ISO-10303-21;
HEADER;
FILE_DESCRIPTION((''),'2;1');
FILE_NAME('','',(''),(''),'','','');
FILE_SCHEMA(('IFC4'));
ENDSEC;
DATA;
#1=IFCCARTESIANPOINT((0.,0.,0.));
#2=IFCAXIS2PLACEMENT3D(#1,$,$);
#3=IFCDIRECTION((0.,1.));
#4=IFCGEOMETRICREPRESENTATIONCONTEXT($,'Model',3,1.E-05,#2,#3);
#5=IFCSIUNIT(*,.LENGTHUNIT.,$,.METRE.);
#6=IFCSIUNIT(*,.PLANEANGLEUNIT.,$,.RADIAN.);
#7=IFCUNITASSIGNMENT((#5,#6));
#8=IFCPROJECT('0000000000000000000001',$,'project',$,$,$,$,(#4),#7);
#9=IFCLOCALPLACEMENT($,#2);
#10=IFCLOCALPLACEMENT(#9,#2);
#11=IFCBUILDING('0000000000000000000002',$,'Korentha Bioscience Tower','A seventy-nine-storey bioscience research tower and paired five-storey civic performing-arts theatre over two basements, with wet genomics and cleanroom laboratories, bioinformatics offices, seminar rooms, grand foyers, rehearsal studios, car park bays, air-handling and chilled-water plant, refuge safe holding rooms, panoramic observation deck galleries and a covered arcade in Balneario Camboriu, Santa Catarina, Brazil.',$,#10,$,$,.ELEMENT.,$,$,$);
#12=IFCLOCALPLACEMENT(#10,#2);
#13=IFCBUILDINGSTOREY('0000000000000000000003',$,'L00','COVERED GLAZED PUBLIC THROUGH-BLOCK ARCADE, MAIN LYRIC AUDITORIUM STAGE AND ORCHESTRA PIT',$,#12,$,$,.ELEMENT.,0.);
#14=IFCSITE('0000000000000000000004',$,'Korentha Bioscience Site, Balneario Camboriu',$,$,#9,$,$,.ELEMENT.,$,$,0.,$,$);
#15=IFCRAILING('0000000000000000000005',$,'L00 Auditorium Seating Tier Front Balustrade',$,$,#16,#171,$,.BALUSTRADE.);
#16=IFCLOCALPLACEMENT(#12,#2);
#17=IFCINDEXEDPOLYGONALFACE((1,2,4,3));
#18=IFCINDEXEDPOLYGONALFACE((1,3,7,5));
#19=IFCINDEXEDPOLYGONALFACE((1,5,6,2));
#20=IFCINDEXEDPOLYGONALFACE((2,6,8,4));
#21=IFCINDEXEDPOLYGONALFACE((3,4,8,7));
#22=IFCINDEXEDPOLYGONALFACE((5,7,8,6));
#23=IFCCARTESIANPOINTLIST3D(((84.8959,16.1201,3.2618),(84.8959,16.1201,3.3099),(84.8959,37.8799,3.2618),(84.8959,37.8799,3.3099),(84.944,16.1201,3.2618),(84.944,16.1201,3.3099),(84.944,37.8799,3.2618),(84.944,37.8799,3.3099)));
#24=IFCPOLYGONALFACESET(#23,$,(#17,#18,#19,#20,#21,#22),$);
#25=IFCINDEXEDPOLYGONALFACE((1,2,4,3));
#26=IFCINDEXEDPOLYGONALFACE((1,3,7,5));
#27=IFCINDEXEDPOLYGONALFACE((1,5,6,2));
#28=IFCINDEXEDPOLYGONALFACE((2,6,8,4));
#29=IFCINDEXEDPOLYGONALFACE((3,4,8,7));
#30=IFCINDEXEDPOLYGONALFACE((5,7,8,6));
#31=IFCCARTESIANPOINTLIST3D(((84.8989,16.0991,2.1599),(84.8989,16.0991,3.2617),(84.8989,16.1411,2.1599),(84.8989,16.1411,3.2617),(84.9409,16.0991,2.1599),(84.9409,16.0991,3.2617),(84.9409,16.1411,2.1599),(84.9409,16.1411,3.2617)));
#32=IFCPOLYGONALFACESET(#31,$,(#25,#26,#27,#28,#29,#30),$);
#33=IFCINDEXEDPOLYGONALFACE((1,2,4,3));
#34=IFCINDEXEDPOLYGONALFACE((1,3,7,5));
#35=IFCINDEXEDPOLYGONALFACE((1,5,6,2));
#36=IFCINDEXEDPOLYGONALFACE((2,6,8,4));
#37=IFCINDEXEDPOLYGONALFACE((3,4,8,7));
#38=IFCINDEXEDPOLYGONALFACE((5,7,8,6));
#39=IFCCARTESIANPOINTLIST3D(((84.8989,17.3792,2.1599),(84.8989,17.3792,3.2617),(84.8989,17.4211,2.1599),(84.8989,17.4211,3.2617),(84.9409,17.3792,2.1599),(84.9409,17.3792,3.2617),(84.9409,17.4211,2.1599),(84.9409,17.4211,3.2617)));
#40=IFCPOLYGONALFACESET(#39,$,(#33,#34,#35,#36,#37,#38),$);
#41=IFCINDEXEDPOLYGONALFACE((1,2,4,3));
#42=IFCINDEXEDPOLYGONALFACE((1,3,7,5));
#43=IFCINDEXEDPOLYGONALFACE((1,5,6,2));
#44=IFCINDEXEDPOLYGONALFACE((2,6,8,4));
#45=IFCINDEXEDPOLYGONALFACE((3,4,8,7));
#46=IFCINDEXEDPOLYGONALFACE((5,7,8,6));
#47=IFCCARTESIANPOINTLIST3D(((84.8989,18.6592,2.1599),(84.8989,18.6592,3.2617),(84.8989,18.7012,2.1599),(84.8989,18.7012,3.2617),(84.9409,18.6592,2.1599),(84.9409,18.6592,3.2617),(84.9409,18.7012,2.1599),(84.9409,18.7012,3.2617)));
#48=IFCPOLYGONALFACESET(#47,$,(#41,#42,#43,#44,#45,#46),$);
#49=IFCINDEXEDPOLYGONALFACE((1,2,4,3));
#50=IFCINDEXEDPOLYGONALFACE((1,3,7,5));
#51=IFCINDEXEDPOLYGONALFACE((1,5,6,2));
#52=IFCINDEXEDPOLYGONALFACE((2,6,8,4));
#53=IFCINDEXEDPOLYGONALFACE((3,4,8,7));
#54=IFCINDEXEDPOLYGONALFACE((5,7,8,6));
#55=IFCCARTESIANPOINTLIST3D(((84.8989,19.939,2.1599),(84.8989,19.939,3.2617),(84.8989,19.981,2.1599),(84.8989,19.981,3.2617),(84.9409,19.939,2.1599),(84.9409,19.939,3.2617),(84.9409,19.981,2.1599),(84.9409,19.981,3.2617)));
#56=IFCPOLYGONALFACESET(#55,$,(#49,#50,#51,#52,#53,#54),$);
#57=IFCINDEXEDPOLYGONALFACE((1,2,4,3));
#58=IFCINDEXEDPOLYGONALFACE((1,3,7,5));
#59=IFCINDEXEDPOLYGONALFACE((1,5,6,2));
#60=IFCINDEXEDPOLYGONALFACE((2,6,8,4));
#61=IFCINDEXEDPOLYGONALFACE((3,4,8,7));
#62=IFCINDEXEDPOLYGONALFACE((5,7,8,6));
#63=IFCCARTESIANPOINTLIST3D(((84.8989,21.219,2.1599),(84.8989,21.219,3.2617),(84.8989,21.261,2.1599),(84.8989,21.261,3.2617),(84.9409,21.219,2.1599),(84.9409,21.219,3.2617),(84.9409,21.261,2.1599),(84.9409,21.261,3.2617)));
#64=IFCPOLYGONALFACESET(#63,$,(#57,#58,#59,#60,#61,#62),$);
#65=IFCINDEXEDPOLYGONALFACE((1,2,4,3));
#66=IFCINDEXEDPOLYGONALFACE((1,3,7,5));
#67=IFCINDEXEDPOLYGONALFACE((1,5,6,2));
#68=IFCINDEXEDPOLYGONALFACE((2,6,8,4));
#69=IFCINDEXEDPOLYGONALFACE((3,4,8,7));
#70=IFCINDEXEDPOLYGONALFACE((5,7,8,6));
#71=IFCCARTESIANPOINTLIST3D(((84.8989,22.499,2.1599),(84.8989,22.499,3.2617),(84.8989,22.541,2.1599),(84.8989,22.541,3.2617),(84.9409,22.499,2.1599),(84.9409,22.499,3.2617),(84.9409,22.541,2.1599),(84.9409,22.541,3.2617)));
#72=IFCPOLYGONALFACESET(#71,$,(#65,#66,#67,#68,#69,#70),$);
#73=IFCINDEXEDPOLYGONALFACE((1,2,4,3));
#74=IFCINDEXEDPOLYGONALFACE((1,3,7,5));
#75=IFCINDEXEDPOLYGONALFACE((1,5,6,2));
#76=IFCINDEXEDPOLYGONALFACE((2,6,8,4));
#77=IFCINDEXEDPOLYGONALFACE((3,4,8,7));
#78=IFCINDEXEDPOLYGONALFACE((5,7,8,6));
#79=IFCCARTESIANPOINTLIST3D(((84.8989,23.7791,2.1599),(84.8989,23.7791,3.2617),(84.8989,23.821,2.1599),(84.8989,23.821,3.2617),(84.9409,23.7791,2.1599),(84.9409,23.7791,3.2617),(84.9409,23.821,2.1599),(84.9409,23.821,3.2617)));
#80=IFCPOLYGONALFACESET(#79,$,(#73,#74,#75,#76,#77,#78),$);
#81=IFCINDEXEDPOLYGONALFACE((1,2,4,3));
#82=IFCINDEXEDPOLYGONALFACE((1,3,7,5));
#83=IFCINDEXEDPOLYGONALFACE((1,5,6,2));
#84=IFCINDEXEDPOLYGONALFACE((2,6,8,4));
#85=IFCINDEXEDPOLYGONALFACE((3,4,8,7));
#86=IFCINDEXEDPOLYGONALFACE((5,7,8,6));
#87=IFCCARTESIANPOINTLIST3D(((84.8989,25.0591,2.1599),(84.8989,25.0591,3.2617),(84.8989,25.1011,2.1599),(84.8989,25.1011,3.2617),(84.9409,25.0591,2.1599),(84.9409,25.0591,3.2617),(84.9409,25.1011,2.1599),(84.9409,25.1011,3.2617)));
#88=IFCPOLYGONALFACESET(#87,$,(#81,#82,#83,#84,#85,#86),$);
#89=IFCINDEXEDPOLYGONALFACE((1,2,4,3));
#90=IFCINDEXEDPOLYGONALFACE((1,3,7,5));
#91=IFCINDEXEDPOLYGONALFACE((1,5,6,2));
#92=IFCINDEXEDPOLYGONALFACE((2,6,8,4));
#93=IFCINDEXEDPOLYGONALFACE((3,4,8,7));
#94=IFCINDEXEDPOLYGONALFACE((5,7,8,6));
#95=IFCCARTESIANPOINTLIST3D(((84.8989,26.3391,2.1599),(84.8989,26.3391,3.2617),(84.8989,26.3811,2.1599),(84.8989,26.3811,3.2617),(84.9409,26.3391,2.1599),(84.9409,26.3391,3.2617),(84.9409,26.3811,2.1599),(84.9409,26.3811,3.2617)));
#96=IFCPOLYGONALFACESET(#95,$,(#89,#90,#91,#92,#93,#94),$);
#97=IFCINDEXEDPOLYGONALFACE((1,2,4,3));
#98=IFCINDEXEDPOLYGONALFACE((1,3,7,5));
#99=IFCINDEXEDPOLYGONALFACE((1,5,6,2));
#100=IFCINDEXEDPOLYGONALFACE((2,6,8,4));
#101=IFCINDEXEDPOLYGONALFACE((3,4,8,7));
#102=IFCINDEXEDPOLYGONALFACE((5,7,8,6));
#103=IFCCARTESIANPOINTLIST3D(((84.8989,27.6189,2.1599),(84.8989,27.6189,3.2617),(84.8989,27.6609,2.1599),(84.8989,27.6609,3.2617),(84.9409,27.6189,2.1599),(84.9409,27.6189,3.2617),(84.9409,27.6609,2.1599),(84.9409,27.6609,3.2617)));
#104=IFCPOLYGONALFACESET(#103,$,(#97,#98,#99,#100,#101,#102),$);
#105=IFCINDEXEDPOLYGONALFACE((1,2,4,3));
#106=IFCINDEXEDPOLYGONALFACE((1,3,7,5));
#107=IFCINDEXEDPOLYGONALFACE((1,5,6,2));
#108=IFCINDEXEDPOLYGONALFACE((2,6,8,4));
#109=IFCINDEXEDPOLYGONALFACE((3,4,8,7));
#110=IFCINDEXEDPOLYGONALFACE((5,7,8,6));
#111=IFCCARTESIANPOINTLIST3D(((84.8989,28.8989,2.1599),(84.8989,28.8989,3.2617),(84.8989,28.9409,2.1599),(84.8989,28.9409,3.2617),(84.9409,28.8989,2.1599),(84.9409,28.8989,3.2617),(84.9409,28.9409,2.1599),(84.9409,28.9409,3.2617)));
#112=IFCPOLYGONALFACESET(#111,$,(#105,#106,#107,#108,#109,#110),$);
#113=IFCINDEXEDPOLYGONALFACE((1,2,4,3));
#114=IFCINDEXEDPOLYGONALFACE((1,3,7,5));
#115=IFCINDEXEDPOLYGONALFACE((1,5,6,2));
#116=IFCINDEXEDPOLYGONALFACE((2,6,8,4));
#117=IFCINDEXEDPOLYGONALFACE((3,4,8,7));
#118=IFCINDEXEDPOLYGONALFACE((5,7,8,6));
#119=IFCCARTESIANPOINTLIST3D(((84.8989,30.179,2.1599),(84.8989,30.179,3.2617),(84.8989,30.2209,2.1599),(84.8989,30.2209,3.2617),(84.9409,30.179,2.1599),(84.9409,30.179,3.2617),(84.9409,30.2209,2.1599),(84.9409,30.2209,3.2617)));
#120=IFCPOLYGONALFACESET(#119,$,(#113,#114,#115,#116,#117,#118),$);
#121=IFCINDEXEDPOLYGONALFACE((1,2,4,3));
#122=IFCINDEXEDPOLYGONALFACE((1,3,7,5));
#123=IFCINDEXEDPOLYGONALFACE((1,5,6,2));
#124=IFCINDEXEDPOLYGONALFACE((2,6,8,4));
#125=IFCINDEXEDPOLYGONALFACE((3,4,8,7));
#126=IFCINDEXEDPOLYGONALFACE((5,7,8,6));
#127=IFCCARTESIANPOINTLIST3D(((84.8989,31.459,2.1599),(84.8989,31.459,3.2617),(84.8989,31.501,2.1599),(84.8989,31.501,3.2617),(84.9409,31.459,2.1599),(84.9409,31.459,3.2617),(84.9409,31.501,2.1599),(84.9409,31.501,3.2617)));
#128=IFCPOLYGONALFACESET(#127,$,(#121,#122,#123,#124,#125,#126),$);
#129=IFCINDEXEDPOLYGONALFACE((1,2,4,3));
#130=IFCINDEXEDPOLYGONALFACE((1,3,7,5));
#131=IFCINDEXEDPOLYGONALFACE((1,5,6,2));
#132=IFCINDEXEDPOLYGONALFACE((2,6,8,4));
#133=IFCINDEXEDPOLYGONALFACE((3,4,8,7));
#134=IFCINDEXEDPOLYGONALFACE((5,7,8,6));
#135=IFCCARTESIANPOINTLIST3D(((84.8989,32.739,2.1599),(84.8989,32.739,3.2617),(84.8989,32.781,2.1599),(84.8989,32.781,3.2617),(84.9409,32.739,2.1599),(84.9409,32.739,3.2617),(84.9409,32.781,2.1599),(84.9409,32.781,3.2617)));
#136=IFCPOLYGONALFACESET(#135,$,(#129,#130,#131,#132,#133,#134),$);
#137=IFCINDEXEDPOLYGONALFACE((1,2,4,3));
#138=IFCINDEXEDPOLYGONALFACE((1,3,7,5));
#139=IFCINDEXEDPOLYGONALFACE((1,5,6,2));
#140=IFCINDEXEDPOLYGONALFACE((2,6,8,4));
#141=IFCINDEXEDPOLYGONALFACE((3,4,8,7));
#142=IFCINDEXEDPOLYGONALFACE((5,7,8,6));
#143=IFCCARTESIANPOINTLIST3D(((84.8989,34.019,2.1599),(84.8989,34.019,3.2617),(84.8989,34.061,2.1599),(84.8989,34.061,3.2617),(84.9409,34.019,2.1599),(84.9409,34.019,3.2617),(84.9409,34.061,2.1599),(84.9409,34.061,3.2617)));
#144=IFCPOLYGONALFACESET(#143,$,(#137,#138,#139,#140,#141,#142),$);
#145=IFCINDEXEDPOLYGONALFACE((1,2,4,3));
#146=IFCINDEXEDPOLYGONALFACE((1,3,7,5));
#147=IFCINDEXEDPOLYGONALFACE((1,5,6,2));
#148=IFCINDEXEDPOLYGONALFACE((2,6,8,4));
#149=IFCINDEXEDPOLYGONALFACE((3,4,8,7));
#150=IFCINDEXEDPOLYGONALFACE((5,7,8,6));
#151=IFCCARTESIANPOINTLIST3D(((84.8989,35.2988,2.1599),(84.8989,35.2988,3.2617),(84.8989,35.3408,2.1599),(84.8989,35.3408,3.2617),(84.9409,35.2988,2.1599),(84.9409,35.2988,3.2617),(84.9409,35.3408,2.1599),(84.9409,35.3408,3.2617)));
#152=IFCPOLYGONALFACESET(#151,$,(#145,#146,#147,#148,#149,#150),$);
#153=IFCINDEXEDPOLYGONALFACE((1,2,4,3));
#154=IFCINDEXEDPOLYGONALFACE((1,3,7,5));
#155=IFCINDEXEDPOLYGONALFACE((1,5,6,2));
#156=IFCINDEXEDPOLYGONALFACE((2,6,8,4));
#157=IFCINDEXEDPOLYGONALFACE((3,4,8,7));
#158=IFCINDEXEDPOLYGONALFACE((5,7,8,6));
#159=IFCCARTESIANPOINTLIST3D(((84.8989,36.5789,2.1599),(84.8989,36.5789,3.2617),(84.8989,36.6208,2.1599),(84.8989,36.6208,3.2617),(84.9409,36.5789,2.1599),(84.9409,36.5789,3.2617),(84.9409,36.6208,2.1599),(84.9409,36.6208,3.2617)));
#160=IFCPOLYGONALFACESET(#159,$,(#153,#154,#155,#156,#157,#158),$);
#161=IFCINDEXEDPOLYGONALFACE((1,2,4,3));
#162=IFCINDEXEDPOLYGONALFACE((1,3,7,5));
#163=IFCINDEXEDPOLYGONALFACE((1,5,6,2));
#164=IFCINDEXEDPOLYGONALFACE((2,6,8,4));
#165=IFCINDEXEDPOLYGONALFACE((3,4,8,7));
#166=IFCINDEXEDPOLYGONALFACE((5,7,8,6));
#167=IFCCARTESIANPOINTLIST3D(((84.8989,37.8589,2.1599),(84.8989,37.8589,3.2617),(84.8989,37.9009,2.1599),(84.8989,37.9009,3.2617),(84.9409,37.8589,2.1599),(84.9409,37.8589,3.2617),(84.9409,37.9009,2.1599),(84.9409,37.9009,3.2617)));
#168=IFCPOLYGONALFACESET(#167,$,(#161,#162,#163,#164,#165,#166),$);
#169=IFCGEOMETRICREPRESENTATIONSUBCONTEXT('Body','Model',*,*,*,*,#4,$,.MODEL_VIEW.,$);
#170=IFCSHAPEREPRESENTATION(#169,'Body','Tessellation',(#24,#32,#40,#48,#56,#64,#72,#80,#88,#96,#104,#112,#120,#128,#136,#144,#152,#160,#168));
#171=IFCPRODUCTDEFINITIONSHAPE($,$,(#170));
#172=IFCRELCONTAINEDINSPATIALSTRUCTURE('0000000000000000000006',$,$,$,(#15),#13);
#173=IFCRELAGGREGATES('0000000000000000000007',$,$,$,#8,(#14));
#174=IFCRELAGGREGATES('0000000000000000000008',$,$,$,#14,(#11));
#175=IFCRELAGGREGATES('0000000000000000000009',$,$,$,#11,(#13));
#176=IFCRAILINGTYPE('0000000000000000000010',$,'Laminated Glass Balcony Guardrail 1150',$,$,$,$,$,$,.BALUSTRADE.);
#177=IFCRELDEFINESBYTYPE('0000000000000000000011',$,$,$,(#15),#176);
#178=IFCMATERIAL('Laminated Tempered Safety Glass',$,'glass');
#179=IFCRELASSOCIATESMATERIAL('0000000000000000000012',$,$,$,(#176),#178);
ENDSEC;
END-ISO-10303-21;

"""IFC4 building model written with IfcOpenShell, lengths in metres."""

from ifc_helpers import new_model, si_unit, direction, frame, origin, origin_2d, place, context, subcontext, project, spatial, rectangle, extrude, material, type_object, element, save


model = new_model("IFC4")

# Units and contexts
model_context = context("Model", 3, precision=1e-05, world=origin(), true_north=direction((0.0, 1.0)))
body_context = subcontext(model_context, "Body", "Model", "MODEL_VIEW")
ifc_project = project(units=[si_unit("LENGTHUNIT", "METRE"), si_unit("PLANEANGLEUNIT", "RADIAN")], contexts=[model_context])

# Site, building, storey
site_placement = place(None, origin())
site = spatial("IfcSite", under=ifc_project, at=site_placement, Name="Korentha Bioscience Site, Balneario Camboriu", CompositionType="ELEMENT", RefElevation=0.0)
building_placement = place(site_placement, origin())
building = spatial("IfcBuilding", under=site, at=building_placement, Name="Korentha Bioscience Tower", Description="A seventy-nine-storey bioscience research tower and paired five-storey civic performing-arts theatre over two basements, with wet genomics and cleanroom laboratories, bioinformatics offices, seminar rooms, grand foyers, rehearsal studios, car park bays, air-handling and chilled-water plant, refuge safe holding rooms, panoramic observation deck galleries and a covered arcade in Balneario Camboriu, Santa Catarina, Brazil.", CompositionType="ELEMENT")
storey_placement = place(building_placement, origin())
storey = spatial("IfcBuildingStorey", under=building, at=storey_placement, Name="L00", Description="COVERED GLAZED PUBLIC THROUGH-BLOCK ARCADE, MAIN LYRIC AUDITORIUM STAGE AND ORCHESTRA PIT", CompositionType="ELEMENT", Elevation=0.0)

# Railing
ifc_material_1 = material(Name="Laminated Tempered Safety Glass", Category="glass")
railing_type = type_object("IfcRailingType", Name="Laminated Glass Balcony Guardrail 1150", PredefinedType="BALUSTRADE", material=ifc_material_1)
railing_placement = place(storey_placement, frame((84.9199, 16.1201, 2.1599)))
element("IfcRailing", 1, at=railing_placement, inside=storey, type_object=railing_type, Name="L00 Auditorium Seating Tier Front Balustrade", PredefinedType="BALUSTRADE", context=body_context, shape_type="SweptSolid", body=[
    extrude(rectangle(XDim=0.0481, YDim=0.0481, at=origin_2d()), frame((0.0, 0.0, 1.126), z_axis=(0.0, 1.0, 0.0), x_axis=(-1.0, 0.0, 0.0)), (0.0, 0.0, 1.0), 21.7598),
    extrude(rectangle(XDim=0.042, YDim=0.042, at=origin_2d()), origin(), (0.0, 0.0, 1.0), 1.1018),
    extrude(rectangle(XDim=0.042, YDim=0.042, at=origin_2d()), frame((0.0, 1.28, 0.0)), (0.0, 0.0, 1.0), 1.1018),
    extrude(rectangle(XDim=0.042, YDim=0.042, at=origin_2d()), frame((0.0, 2.5601, 0.0)), (0.0, 0.0, 1.0), 1.1018),
    extrude(rectangle(XDim=0.042, YDim=0.042, at=origin_2d()), frame((0.0, 3.8398, 0.0)), (0.0, 0.0, 1.0), 1.1018),
    extrude(rectangle(XDim=0.042, YDim=0.042, at=origin_2d()), frame((0.0, 5.1199, 0.0)), (0.0, 0.0, 1.0), 1.1018),
    extrude(rectangle(XDim=0.042, YDim=0.042, at=origin_2d()), frame((0.0, 6.3999, 0.0)), (0.0, 0.0, 1.0), 1.1018),
    extrude(rectangle(XDim=0.042, YDim=0.042, at=origin_2d()), frame((0.0, 7.6799, 0.0)), (0.0, 0.0, 1.0), 1.1018),
    extrude(rectangle(XDim=0.042, YDim=0.042, at=origin_2d()), frame((0.0, 8.96, 0.0)), (0.0, 0.0, 1.0), 1.1018),
    extrude(rectangle(XDim=0.042, YDim=0.042, at=origin_2d()), frame((0.0, 10.24, 0.0)), (0.0, 0.0, 1.0), 1.1018),
    extrude(rectangle(XDim=0.042, YDim=0.042, at=origin_2d()), frame((0.0, 11.5198, 0.0)), (0.0, 0.0, 1.0), 1.1018),
    extrude(rectangle(XDim=0.042, YDim=0.042, at=origin_2d()), frame((0.0, 12.7998, 0.0)), (0.0, 0.0, 1.0), 1.1018),
    extrude(rectangle(XDim=0.042, YDim=0.042, at=origin_2d()), frame((0.0, 14.0798, 0.0)), (0.0, 0.0, 1.0), 1.1018),
    extrude(rectangle(XDim=0.042, YDim=0.042, at=origin_2d()), frame((0.0, 15.3599, 0.0)), (0.0, 0.0, 1.0), 1.1018),
    extrude(rectangle(XDim=0.042, YDim=0.042, at=origin_2d()), frame((0.0, 16.6399, 0.0)), (0.0, 0.0, 1.0), 1.1018),
    extrude(rectangle(XDim=0.042, YDim=0.042, at=origin_2d()), frame((0.0, 17.9199, 0.0)), (0.0, 0.0, 1.0), 1.1018),
    extrude(rectangle(XDim=0.042, YDim=0.042, at=origin_2d()), frame((0.0, 19.1997, 0.0)), (0.0, 0.0, 1.0), 1.1018),
    extrude(rectangle(XDim=0.042, YDim=0.042, at=origin_2d()), frame((0.0, 20.4797, 0.0)), (0.0, 0.0, 1.0), 1.1018),
    extrude(rectangle(XDim=0.042, YDim=0.042, at=origin_2d()), frame((0.0, 21.7598, 0.0)), (0.0, 0.0, 1.0), 1.1018),
])

save(model, "model.ifc")
